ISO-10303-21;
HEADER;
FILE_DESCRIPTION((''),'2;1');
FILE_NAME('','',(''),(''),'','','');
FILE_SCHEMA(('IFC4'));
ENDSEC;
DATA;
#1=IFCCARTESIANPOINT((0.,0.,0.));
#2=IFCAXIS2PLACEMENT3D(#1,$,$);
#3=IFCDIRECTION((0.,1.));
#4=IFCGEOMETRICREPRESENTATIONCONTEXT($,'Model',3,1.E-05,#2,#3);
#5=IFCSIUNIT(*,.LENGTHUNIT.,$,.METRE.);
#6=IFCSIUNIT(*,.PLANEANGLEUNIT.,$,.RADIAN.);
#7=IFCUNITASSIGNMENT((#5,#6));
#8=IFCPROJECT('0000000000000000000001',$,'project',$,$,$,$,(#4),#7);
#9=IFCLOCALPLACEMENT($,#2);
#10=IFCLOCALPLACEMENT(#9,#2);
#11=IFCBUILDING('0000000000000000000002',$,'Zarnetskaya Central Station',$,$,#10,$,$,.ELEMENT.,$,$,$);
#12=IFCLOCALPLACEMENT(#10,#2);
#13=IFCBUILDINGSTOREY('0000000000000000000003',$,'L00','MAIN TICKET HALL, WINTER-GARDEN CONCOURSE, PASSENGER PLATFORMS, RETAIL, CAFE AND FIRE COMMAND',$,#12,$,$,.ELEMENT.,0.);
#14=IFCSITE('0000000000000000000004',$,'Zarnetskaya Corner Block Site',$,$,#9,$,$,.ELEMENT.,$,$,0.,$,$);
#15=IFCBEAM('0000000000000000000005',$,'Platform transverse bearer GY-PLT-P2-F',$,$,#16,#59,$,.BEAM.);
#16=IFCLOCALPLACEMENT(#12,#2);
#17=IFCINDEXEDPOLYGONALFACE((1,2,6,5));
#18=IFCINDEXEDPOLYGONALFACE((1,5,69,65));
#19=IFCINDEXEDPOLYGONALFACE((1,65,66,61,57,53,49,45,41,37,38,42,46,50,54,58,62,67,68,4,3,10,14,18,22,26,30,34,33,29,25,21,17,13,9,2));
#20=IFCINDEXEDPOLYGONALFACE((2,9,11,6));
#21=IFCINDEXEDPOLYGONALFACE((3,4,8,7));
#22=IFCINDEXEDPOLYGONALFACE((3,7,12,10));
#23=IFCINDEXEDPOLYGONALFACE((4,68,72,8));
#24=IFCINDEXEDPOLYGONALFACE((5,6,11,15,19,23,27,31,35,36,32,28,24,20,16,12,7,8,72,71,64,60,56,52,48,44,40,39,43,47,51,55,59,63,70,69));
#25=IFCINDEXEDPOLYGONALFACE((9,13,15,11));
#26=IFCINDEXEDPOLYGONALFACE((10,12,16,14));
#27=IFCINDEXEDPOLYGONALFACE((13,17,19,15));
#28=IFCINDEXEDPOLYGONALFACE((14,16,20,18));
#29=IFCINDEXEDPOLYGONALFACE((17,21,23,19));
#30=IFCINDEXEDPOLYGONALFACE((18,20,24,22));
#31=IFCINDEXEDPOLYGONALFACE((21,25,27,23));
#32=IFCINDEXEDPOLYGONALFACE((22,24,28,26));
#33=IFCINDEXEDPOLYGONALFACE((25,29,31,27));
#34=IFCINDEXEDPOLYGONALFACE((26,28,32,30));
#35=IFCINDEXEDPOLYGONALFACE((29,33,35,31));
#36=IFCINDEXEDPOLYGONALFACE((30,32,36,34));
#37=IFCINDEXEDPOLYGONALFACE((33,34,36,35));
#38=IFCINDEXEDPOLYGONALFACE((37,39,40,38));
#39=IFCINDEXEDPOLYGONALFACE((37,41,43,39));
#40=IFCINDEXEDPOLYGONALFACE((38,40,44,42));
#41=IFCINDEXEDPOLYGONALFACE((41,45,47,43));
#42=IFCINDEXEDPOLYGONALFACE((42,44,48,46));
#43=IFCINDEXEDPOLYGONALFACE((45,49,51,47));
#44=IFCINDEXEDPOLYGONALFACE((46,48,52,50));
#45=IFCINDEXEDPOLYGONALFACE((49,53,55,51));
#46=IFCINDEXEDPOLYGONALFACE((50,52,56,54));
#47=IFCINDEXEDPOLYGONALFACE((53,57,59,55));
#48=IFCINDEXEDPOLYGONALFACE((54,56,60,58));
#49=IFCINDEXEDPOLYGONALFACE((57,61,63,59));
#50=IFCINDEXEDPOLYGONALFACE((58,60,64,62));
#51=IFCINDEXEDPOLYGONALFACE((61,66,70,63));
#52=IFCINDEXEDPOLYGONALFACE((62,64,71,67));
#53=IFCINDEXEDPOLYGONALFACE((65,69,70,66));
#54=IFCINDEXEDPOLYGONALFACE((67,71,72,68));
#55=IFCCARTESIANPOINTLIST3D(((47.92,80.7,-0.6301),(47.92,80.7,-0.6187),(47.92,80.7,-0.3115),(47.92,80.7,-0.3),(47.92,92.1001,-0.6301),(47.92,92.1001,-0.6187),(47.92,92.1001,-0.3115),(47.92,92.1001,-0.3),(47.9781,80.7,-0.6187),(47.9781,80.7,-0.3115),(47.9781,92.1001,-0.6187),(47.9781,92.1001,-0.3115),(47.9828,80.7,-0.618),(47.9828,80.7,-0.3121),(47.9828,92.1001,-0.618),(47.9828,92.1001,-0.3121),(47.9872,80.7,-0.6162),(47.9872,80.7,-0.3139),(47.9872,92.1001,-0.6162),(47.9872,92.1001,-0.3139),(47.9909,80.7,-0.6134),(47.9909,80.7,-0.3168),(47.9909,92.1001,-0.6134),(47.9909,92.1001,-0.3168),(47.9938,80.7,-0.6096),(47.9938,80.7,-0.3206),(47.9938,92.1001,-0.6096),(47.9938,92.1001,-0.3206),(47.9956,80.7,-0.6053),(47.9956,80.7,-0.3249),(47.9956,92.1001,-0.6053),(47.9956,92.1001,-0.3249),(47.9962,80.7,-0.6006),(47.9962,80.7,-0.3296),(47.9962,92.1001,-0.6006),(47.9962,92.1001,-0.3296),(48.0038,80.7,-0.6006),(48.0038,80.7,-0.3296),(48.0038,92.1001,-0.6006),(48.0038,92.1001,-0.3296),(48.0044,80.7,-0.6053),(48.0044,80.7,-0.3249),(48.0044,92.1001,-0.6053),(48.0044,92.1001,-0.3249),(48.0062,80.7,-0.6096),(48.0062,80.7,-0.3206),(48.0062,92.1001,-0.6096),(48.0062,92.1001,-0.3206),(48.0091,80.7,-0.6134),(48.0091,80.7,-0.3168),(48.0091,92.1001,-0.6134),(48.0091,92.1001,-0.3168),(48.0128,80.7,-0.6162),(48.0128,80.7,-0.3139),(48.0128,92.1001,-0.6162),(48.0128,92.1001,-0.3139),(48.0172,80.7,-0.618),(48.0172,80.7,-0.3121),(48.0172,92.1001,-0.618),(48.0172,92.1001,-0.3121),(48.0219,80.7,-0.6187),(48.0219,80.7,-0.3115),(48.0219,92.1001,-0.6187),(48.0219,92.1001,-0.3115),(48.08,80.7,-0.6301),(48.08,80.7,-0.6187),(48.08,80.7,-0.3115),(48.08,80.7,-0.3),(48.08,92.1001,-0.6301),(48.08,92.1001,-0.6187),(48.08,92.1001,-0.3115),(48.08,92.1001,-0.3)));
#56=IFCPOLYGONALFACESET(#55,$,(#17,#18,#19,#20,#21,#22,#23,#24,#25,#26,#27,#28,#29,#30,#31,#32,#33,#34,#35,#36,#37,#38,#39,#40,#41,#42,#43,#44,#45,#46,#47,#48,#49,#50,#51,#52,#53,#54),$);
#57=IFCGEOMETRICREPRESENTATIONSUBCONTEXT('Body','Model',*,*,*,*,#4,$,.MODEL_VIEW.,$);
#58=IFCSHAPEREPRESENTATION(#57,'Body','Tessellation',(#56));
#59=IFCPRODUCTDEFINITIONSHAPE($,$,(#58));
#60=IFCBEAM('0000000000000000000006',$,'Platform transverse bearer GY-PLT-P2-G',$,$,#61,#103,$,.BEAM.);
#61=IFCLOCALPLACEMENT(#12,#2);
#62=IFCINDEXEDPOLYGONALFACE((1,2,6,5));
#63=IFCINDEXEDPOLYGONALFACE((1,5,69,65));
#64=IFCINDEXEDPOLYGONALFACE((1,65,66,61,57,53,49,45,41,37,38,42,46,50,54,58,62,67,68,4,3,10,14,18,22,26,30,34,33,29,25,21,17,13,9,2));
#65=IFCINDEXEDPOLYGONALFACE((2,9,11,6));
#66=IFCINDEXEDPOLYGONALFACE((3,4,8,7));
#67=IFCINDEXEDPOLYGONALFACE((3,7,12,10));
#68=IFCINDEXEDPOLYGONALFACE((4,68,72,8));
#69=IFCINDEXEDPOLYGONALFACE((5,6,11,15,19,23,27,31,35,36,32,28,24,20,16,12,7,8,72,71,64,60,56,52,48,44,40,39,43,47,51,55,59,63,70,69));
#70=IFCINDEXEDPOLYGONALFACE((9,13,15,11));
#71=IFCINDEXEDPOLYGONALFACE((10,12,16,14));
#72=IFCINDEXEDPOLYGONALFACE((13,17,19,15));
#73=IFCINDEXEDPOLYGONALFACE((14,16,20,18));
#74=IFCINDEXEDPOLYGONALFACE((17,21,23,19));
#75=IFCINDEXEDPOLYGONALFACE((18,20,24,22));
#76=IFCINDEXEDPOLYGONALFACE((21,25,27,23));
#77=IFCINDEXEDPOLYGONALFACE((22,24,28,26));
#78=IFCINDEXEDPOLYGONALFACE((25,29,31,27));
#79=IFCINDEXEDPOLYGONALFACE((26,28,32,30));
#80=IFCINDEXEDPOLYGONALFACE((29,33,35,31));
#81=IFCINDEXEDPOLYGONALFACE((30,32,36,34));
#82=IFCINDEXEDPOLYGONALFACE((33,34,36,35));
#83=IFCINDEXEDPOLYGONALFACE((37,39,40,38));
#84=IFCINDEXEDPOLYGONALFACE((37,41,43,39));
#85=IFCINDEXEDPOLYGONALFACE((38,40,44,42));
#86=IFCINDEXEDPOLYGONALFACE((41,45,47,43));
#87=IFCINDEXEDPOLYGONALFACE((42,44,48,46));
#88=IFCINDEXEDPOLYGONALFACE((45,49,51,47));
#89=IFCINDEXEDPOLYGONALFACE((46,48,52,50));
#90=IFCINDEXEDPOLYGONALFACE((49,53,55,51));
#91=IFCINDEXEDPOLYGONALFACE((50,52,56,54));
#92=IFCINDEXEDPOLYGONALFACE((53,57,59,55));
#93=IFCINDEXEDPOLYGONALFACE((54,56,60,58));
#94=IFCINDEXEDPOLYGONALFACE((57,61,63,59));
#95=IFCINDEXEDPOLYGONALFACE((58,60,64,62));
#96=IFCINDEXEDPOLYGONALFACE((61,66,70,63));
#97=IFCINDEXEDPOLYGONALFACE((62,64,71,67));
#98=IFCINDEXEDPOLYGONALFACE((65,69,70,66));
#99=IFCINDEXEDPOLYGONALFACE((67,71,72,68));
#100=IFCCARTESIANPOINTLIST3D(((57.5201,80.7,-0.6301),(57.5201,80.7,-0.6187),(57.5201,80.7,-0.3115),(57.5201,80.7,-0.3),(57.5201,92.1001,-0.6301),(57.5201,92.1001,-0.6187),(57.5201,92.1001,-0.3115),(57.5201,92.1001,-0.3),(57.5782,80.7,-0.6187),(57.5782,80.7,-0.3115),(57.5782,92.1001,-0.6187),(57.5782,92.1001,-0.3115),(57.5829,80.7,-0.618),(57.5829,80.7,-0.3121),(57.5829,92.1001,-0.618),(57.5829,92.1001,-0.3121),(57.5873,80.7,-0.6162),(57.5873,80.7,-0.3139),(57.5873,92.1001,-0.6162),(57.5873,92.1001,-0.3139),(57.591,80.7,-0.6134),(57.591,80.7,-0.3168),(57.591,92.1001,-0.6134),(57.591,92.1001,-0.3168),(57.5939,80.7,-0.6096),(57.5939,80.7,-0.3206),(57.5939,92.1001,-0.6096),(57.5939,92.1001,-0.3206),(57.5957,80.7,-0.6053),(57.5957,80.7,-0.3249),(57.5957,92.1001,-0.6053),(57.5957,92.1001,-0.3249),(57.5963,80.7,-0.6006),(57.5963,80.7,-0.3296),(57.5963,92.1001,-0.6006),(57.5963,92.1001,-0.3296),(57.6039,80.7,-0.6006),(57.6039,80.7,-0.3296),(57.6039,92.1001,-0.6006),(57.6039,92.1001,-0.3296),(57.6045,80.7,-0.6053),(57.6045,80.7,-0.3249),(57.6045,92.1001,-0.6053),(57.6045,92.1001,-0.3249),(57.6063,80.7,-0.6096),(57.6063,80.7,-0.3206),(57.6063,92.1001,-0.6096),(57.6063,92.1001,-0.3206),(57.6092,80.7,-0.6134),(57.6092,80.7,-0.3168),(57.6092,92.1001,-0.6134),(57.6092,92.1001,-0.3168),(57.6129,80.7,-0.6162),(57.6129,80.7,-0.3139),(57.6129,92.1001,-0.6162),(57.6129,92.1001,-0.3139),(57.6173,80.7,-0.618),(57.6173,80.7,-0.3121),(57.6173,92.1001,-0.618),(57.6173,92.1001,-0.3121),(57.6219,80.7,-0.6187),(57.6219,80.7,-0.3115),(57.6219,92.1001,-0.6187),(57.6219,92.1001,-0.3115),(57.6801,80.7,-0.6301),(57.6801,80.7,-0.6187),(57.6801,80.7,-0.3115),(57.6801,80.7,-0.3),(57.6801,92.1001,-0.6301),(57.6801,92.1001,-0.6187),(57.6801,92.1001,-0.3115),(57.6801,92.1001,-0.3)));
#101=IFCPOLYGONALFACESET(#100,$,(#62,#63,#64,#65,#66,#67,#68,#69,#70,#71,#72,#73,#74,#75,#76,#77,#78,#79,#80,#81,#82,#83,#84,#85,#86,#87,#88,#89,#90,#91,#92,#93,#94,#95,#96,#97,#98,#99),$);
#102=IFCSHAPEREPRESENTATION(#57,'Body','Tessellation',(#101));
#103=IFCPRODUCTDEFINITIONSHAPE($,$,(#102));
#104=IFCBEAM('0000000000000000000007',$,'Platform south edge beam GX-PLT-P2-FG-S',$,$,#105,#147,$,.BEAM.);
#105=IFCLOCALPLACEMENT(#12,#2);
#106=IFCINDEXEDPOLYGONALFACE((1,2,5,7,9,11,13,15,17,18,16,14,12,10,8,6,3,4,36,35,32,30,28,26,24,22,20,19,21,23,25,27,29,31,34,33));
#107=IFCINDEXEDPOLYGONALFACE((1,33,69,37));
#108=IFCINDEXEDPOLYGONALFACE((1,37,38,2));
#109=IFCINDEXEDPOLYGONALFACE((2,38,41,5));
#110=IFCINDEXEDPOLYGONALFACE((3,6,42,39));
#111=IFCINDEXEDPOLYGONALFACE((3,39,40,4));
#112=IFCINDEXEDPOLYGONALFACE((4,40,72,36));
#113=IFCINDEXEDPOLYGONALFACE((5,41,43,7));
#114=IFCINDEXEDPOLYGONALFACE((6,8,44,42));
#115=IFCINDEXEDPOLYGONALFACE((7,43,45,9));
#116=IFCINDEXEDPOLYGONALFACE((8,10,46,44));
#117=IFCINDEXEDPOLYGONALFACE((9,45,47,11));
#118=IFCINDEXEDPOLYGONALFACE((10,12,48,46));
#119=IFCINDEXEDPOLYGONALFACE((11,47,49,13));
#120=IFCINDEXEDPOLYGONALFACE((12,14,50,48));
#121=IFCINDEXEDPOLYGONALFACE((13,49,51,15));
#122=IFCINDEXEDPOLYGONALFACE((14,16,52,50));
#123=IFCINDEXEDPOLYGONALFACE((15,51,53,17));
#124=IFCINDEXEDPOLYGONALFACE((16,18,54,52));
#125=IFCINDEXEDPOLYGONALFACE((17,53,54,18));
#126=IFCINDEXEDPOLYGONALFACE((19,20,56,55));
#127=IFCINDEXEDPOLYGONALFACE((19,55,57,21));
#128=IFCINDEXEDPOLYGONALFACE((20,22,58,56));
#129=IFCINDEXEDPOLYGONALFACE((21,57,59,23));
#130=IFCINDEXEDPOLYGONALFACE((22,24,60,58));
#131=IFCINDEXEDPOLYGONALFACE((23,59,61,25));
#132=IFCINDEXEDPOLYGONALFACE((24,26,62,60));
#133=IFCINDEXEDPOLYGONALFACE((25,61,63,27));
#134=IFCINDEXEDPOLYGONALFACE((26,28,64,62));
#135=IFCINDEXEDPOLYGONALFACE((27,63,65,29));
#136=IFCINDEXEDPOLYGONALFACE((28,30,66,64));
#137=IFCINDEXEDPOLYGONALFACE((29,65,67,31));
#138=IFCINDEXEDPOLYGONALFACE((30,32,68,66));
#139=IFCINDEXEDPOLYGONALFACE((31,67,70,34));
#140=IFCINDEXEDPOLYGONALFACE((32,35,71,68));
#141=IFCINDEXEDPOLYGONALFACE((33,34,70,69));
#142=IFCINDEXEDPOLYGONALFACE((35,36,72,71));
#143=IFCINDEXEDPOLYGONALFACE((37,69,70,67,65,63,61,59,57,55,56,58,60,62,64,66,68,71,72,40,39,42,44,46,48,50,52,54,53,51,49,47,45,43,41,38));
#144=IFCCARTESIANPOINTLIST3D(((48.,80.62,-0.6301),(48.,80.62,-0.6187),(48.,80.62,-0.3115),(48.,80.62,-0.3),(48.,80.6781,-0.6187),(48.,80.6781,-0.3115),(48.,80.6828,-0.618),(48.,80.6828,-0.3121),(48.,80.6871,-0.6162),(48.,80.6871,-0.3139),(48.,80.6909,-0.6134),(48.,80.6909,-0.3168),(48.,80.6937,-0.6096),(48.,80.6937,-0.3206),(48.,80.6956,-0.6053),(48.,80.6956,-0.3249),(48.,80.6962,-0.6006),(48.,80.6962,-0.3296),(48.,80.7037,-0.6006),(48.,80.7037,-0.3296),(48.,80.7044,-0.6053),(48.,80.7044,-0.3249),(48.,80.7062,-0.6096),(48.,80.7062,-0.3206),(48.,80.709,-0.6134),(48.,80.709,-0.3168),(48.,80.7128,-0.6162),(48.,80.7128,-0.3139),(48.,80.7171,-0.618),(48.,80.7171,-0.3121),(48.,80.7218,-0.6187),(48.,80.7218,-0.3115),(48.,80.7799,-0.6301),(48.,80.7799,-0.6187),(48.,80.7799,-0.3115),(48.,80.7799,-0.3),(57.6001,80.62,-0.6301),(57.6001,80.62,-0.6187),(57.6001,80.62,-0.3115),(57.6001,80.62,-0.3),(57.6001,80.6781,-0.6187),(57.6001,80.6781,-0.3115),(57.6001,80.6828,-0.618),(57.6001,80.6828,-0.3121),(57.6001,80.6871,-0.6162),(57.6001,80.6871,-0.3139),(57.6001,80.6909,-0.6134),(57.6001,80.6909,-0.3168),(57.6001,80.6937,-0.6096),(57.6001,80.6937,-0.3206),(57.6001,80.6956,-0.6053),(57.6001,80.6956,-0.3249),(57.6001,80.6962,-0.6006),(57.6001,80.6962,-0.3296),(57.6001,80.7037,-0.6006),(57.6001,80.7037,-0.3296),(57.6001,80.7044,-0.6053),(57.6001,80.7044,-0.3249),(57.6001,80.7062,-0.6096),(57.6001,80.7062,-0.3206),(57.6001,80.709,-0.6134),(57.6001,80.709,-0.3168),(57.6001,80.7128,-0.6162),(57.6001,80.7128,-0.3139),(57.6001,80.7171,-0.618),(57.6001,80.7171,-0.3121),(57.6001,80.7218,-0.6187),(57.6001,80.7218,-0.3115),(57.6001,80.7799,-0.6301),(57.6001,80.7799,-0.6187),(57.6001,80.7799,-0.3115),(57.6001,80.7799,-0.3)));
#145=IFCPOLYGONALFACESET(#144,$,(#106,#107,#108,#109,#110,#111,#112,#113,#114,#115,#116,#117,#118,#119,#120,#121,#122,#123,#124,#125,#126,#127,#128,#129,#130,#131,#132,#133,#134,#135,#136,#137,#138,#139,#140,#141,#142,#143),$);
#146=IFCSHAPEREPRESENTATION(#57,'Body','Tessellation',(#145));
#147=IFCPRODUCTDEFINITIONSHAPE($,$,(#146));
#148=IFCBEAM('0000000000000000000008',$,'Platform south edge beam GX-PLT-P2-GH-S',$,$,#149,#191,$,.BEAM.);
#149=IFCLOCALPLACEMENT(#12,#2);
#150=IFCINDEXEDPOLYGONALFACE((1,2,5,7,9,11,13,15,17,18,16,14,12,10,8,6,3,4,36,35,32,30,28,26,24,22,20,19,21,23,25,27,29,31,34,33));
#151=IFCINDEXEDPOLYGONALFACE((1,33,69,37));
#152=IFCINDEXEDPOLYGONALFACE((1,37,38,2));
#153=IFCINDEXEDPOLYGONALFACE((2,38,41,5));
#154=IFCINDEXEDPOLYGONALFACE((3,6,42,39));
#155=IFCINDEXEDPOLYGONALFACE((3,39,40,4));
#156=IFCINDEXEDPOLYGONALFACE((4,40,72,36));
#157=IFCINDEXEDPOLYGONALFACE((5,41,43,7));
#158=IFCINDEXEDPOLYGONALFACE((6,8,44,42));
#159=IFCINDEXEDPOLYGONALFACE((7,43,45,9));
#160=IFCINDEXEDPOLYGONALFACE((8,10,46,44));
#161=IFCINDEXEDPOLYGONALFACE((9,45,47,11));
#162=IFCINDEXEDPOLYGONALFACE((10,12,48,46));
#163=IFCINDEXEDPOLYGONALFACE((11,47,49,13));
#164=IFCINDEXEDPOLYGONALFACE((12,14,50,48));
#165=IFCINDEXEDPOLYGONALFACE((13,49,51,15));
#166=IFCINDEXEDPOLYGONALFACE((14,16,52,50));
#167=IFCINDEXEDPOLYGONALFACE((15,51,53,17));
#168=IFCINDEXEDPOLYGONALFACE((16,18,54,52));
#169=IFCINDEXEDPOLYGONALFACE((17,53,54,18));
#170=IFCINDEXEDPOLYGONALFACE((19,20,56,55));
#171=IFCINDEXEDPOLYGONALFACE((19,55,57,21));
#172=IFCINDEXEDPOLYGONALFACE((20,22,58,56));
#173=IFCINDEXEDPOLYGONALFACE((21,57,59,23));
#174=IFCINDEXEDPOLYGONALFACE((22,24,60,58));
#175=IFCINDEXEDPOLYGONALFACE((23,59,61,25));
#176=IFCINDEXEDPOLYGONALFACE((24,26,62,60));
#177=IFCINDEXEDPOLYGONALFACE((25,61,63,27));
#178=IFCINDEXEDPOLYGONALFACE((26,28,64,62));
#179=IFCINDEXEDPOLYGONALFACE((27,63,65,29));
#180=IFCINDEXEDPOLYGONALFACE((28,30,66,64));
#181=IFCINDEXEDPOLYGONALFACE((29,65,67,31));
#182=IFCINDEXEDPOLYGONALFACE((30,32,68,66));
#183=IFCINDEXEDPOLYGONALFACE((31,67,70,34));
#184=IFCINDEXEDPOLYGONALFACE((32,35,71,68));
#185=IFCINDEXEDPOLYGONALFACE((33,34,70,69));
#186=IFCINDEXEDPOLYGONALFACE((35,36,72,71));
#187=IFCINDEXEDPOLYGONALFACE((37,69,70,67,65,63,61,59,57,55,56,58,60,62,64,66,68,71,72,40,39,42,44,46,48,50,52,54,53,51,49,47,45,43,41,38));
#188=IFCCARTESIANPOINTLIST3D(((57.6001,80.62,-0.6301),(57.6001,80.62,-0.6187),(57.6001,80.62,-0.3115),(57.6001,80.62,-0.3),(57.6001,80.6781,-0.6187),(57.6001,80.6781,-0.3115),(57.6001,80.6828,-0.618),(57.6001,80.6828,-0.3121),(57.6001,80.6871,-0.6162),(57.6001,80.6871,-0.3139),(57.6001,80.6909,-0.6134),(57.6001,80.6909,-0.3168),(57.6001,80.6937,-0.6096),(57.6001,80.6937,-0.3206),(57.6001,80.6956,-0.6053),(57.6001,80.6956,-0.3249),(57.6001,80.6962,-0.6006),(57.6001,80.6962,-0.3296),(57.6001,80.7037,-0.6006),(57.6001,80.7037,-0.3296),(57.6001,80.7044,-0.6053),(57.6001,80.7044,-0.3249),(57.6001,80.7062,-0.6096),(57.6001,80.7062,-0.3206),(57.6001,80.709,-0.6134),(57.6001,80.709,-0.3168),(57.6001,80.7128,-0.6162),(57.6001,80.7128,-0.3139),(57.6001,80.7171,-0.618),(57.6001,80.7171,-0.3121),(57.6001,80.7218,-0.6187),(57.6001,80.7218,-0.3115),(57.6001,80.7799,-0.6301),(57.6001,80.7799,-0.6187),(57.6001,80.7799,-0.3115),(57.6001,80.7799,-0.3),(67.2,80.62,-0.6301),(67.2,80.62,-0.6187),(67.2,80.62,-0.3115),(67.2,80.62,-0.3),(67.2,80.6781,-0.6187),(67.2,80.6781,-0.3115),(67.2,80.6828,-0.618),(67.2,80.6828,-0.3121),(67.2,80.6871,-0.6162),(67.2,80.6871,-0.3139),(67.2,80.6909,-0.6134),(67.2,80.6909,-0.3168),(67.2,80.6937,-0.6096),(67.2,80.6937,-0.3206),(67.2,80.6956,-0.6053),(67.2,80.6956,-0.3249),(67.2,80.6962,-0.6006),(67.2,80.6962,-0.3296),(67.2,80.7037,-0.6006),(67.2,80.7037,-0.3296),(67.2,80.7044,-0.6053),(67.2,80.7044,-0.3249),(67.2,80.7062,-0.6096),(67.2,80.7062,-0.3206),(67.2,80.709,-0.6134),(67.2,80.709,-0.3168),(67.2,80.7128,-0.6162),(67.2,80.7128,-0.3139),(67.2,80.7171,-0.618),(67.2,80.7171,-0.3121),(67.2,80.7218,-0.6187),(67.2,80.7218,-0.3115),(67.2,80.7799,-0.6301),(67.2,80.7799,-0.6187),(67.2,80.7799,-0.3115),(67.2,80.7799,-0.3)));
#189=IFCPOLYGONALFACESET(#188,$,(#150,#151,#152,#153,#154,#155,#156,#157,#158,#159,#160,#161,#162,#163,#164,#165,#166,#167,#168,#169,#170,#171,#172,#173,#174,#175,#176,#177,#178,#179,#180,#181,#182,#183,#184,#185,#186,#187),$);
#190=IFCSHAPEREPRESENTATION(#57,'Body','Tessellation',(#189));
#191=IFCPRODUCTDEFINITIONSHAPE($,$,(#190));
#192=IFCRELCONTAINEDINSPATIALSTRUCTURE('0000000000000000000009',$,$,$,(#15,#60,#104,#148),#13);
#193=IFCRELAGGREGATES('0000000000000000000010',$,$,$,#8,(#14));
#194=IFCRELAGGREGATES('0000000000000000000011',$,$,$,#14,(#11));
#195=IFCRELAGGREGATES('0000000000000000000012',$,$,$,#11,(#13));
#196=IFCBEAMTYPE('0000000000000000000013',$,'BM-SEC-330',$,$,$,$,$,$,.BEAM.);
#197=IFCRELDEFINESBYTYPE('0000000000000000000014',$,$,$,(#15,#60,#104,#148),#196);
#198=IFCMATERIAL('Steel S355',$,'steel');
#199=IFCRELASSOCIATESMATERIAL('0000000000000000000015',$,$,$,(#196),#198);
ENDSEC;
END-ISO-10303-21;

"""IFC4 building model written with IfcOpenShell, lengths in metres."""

from ifc_helpers import new_model, si_unit, direction, frame, origin, origin_2d, place, context, subcontext, project, spatial, i_section, extrude, material, material_profile, profile_set, type_object, element, save


model = new_model("IFC4")

# Units and contexts
model_context = context("Model", 3, precision=1e-05, world=origin(), true_north=direction((0.0, 1.0)))
body_context = subcontext(model_context, "Body", "Model", "MODEL_VIEW")
ifc_project = project(units=[si_unit("LENGTHUNIT", "METRE"), si_unit("PLANEANGLEUNIT", "RADIAN")], contexts=[model_context])

# Site, building, storey
site_placement = place(None, origin())
site = spatial("IfcSite", under=ifc_project, at=site_placement, Name="Zarnetskaya Corner Block Site", CompositionType="ELEMENT", RefElevation=0.0)
building_placement = place(site_placement, origin())
building = spatial("IfcBuilding", under=site, at=building_placement, Name="Zarnetskaya Central Station", CompositionType="ELEMENT")
storey_placement = place(building_placement, origin())
storey = spatial("IfcBuildingStorey", under=building, at=storey_placement, Name="L00", Description="MAIN TICKET HALL, WINTER-GARDEN CONCOURSE, PASSENGER PLATFORMS, RETAIL, CAFE AND FIRE COMMAND", CompositionType="ELEMENT", Elevation=0.0)

# Shared definitions
ifc_material = material(Name="Steel S355", Category="steel")

# Beams
ifc_material_profile_1 = material_profile(ifc_material, i_section(OverallWidth=0.1599, OverallDepth=0.3301, WebThickness=0.0076, FlangeThickness=0.0115, FilletRadius=0.0181, at=origin_2d()), Name="IPE 330")
ifc_profile_set_1 = profile_set([ifc_material_profile_1], Name="Steel S355")
beam_type_1 = type_object("IfcBeamType", Name="BM-SEC-330", PredefinedType="BEAM", material=ifc_profile_set_1)
for number, where, z_axis, x_axis, name in (
    (1, (48.0, 80.7, -0.4651), (0.0, 1.0, 0.0), (-1.0, 0.0, 0.0), "Platform transverse bearer GY-PLT-P2-F"),
    (2, (57.6001, 80.7, -0.4651), (0.0, 1.0, 0.0), (-1.0, 0.0, 0.0), "Platform transverse bearer GY-PLT-P2-G"),
):
    element("IfcBeam", number, at=place(storey_placement, frame(where, z_axis=z_axis, x_axis=x_axis)), inside=storey, type_object=beam_type_1, Name=name, PredefinedType="BEAM", context=body_context, shape_type="SweptSolid", body=[
        extrude(i_section(OverallWidth=0.1599, OverallDepth=0.3301, WebThickness=0.0076, FlangeThickness=0.0115, FilletRadius=0.0181, at=origin_2d()), origin(), (0.0, 0.0, 1.0), 11.4001),
    ])
beam_1_placement = place(storey_placement, frame((48.0, 80.7, -0.4651), z_axis=(1.0, 0.0, 0.0), x_axis=(0.0, 1.0, 0.0)))
element("IfcBeam", 3, at=beam_1_placement, inside=storey, type_object=beam_type_1, Name="Platform south edge beam GX-PLT-P2-FG-S", PredefinedType="BEAM", context=body_context, shape_type="SweptSolid", body=[
    extrude(i_section(OverallWidth=0.1599, OverallDepth=0.3301, WebThickness=0.0076, FlangeThickness=0.0115, FilletRadius=0.0181, at=origin_2d()), origin(), (0.0, 0.0, 1.0), 9.6001),
])
beam_2_placement = place(storey_placement, frame((57.6001, 80.7, -0.4651), z_axis=(1.0, 0.0, 0.0), x_axis=(0.0, 1.0, 0.0)))
element("IfcBeam", 4, at=beam_2_placement, inside=storey, type_object=beam_type_1, Name="Platform south edge beam GX-PLT-P2-GH-S", PredefinedType="BEAM", context=body_context, shape_type="SweptSolid", body=[
    extrude(i_section(OverallWidth=0.1599, OverallDepth=0.3301, WebThickness=0.0076, FlangeThickness=0.0115, FilletRadius=0.0181, at=origin_2d()), origin(), (0.0, 0.0, 1.0), 9.5999),
])

save(model, "model.ifc")
